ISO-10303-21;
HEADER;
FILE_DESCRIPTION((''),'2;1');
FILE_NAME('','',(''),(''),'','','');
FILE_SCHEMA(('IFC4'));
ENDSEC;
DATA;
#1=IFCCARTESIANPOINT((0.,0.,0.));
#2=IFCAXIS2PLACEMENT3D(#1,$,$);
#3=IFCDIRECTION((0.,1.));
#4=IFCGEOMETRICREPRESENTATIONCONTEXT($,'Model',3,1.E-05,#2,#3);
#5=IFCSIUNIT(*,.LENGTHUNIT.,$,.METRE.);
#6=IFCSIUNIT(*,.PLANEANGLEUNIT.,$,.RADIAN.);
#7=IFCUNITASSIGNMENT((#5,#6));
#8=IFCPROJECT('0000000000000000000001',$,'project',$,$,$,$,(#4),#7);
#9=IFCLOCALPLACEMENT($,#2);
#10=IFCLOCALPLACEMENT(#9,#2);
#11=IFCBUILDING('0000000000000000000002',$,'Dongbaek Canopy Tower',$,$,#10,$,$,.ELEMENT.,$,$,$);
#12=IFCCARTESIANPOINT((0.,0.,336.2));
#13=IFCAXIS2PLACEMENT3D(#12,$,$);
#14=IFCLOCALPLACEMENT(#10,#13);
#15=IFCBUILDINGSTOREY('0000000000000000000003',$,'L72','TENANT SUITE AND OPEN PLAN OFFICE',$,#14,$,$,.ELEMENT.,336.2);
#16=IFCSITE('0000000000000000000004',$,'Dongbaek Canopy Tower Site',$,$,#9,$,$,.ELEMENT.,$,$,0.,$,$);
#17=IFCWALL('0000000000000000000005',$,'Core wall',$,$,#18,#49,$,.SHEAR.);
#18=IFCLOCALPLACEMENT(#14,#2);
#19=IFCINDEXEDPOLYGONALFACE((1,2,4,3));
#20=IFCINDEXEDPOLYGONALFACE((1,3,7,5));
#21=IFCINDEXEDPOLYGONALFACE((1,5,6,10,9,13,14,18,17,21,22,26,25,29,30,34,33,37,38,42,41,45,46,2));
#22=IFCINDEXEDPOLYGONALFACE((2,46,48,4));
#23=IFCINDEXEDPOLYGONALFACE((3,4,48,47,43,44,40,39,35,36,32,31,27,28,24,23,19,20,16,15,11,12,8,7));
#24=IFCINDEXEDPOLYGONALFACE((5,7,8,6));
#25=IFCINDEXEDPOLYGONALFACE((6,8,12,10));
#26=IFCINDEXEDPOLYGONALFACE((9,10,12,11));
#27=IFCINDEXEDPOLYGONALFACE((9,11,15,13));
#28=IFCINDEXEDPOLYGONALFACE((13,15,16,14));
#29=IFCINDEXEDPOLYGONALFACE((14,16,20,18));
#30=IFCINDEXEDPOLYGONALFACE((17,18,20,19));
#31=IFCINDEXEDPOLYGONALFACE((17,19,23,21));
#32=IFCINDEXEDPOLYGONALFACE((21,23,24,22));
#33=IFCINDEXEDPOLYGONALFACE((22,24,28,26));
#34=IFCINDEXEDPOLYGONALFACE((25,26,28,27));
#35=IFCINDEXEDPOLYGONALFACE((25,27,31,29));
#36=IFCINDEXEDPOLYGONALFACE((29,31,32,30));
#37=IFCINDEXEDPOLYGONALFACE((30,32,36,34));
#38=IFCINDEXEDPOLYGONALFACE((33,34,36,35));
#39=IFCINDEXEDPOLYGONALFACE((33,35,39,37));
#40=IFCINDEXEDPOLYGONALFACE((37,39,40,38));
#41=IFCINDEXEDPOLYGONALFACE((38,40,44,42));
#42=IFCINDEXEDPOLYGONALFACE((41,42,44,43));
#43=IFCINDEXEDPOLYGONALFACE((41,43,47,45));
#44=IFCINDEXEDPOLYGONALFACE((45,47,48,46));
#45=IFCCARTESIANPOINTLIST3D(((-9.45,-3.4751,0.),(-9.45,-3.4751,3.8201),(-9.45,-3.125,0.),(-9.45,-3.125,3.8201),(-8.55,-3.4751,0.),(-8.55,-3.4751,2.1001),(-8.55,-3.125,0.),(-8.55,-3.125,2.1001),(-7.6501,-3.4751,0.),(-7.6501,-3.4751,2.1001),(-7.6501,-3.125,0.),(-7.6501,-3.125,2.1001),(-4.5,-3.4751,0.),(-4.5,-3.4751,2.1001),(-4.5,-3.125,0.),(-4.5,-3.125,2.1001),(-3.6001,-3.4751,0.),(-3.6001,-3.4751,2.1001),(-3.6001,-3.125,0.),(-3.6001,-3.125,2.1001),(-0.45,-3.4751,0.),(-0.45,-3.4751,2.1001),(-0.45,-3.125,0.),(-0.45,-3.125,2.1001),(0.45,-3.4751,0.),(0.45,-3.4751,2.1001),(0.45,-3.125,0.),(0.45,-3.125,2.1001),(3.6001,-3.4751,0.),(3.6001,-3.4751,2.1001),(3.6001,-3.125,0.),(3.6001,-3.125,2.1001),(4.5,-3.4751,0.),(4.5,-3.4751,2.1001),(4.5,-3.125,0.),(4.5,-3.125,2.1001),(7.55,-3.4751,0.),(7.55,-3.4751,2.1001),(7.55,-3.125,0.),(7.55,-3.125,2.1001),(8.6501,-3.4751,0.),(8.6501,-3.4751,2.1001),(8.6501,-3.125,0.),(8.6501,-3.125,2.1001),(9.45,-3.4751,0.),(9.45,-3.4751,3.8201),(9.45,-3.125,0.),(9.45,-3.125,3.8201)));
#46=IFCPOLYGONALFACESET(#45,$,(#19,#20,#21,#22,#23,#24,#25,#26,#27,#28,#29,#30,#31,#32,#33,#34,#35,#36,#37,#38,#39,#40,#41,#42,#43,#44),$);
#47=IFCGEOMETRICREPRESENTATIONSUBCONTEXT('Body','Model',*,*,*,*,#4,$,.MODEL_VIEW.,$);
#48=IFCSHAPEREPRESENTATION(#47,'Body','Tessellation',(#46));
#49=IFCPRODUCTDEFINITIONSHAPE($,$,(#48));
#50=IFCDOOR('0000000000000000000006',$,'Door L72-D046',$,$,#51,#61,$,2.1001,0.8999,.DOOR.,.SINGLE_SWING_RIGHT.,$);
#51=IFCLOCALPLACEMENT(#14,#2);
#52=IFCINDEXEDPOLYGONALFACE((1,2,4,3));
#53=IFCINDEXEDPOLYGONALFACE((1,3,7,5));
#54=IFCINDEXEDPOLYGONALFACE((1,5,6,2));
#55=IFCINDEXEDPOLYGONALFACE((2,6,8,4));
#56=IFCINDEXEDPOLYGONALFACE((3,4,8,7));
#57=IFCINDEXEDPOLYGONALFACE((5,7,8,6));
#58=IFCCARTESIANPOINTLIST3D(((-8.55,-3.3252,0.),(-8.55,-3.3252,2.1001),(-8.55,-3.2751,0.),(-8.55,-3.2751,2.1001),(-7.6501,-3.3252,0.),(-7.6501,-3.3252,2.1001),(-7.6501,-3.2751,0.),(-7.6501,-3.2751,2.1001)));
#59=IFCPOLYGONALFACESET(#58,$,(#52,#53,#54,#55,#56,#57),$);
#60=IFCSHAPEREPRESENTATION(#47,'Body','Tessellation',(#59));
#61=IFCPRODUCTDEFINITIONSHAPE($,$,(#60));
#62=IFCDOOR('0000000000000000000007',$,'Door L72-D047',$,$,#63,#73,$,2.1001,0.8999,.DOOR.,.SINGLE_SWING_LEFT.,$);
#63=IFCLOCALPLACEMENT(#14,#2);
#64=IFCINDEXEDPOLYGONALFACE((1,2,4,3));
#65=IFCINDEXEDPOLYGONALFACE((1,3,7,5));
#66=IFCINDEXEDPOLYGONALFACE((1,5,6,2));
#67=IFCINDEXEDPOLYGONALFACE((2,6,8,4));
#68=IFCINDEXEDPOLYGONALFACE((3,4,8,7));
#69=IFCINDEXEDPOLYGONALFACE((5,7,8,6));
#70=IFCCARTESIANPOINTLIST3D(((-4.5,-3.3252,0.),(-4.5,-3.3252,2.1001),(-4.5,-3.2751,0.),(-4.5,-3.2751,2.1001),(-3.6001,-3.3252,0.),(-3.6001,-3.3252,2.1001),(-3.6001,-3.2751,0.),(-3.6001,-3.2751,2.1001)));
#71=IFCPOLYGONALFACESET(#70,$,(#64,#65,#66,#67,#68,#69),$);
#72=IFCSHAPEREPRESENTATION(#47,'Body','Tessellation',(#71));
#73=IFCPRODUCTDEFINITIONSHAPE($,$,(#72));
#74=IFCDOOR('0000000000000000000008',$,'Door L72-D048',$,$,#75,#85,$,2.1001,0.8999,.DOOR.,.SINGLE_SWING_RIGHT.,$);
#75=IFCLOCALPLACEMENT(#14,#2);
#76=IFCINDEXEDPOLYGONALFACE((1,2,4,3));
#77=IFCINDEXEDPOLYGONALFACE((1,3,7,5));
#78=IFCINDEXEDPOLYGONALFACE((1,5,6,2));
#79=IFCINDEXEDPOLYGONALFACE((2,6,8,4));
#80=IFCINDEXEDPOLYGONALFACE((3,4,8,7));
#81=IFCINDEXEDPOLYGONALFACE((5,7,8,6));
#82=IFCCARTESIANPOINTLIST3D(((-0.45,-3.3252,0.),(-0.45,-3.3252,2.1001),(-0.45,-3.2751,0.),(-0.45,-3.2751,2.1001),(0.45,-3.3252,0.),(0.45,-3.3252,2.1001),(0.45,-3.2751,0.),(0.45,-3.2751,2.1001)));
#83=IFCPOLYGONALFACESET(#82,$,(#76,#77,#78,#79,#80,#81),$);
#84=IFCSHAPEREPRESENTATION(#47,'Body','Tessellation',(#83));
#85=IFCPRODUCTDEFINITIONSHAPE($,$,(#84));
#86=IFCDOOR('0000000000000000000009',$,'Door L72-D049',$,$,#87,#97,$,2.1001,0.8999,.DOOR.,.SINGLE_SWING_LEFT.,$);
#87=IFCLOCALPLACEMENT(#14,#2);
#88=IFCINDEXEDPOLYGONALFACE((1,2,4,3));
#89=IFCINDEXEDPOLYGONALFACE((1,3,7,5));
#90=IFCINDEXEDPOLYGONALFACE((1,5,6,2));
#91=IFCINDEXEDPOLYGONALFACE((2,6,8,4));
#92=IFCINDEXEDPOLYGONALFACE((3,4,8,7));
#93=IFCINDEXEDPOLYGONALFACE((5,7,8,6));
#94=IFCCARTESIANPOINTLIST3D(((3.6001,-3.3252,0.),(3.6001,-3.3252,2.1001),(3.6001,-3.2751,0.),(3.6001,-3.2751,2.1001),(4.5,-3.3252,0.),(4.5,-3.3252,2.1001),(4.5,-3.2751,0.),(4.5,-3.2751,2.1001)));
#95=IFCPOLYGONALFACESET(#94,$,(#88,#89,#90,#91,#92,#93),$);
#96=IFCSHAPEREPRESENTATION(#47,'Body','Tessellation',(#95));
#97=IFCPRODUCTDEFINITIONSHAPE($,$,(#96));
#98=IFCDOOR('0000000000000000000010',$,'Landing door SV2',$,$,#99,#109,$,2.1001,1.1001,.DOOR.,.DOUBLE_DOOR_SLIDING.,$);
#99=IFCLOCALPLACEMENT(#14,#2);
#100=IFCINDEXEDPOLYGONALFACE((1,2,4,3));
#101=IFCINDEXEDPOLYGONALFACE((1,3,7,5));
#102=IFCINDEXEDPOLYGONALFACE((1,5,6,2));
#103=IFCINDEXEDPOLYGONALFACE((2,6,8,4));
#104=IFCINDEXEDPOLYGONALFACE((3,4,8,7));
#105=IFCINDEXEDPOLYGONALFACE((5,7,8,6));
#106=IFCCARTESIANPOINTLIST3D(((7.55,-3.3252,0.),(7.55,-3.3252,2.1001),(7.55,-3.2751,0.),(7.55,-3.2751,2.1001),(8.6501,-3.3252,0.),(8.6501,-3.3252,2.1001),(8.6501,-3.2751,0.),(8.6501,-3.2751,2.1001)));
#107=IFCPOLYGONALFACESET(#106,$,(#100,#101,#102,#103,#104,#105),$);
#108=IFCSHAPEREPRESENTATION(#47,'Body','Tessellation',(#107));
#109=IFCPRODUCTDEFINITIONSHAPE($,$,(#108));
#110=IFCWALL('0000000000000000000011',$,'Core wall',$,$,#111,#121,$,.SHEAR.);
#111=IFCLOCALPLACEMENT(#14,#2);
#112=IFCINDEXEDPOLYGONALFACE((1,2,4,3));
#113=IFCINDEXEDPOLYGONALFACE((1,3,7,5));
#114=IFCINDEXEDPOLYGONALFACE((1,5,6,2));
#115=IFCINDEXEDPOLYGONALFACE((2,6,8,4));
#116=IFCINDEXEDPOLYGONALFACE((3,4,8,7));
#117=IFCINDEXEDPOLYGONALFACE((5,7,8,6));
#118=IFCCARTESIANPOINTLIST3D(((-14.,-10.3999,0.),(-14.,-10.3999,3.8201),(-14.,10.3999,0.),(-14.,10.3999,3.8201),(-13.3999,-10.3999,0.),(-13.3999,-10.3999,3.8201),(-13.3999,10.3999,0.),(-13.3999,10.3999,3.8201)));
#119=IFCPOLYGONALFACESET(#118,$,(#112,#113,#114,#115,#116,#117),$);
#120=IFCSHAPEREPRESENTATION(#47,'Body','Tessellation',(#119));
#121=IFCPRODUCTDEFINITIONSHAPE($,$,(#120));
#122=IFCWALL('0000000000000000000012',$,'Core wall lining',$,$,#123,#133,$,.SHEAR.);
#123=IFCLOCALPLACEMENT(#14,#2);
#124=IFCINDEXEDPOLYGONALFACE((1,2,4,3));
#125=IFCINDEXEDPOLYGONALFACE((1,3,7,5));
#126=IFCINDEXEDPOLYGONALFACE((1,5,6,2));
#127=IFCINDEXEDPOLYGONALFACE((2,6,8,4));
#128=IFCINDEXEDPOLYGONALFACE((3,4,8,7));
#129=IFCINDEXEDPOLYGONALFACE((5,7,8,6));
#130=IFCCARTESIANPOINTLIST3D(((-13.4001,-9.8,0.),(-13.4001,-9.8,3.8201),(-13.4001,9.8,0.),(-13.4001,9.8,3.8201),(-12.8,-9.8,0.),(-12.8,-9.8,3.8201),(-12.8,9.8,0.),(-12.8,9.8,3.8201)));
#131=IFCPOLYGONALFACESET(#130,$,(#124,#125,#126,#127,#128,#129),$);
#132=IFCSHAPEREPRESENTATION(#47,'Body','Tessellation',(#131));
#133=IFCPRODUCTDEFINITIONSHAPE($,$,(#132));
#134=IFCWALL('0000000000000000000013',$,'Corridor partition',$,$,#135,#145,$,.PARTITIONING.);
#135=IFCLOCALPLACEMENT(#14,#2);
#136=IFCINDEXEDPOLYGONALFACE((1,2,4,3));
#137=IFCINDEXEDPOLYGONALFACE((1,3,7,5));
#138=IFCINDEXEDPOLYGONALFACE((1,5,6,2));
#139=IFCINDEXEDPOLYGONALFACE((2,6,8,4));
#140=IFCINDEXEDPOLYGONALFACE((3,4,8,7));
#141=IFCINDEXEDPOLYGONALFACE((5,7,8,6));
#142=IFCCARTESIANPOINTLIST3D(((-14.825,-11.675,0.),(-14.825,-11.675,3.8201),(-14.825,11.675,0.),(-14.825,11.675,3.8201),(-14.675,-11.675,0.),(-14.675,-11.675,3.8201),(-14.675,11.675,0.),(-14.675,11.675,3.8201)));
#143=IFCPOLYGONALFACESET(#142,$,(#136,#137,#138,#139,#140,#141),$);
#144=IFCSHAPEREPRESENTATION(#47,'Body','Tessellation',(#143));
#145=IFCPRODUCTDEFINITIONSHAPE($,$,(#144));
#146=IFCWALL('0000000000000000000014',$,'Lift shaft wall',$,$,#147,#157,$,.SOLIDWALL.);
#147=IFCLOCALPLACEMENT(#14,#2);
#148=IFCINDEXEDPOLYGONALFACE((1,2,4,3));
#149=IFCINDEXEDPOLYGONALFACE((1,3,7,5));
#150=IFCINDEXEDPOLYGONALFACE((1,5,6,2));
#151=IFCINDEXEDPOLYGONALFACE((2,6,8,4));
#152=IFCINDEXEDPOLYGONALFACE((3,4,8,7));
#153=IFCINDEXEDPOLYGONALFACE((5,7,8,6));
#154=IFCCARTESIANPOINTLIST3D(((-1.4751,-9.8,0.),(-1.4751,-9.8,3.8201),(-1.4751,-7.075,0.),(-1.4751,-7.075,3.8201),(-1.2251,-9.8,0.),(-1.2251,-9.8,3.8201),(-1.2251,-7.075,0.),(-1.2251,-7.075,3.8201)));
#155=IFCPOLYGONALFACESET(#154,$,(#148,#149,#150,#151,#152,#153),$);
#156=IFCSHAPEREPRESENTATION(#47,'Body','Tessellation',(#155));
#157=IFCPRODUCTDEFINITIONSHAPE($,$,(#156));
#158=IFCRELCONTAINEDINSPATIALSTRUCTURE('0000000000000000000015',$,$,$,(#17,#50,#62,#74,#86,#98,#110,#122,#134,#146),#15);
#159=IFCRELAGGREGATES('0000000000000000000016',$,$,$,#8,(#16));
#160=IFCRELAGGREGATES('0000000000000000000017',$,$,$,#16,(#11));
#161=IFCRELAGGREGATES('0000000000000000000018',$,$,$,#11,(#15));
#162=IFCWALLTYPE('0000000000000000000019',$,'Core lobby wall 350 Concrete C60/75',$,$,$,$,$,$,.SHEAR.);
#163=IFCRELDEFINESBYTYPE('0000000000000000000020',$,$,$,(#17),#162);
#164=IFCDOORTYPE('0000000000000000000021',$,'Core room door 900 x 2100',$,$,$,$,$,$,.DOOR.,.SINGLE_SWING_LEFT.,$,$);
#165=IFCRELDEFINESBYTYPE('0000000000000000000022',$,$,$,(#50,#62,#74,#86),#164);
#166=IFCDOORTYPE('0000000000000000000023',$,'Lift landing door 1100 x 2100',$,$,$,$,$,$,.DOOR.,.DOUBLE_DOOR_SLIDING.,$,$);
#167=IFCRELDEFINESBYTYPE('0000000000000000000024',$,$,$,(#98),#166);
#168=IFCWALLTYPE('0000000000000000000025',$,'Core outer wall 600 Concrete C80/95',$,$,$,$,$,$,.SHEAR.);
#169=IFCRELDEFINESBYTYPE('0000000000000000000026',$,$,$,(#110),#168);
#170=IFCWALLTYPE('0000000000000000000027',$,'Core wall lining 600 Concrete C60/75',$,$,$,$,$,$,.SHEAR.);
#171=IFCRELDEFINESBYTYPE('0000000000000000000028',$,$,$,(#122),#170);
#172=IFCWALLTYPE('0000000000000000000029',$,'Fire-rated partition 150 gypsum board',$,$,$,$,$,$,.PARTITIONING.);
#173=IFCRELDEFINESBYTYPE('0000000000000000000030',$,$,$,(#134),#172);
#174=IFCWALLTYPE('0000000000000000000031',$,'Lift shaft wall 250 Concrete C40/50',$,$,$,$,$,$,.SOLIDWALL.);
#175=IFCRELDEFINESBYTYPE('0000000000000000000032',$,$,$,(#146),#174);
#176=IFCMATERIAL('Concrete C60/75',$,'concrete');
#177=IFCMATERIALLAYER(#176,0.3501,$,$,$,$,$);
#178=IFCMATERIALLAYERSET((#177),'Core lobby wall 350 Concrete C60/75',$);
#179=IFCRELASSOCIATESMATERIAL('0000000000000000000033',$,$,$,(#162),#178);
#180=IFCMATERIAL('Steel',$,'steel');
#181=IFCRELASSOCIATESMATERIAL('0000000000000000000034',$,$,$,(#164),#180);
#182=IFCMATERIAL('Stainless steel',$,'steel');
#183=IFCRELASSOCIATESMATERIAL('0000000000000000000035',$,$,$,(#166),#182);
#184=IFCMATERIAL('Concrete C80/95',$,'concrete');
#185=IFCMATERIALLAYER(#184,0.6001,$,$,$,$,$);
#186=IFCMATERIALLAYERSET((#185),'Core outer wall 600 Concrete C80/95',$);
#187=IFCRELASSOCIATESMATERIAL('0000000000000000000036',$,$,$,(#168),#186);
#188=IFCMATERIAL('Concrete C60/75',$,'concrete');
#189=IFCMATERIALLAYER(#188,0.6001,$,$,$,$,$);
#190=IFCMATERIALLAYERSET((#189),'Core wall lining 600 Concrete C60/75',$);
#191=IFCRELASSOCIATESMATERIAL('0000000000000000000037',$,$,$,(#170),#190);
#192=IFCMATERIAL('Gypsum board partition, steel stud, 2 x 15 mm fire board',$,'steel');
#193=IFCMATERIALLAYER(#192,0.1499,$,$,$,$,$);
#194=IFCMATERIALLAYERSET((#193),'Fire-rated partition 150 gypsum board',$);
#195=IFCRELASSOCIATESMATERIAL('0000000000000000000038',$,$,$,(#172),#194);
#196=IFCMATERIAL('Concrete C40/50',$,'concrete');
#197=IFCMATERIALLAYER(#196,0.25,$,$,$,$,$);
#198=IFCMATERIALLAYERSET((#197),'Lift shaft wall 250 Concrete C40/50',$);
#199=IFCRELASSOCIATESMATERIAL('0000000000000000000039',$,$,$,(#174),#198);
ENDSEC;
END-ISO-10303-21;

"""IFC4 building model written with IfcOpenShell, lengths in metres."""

from ifc_helpers import new_model, si_unit, direction, frame, frame_2d, origin, place, context, subcontext, project, spatial, rectangle, extrude, material, layer, layer_set, type_object, element, fill, save


model = new_model("IFC4")

# Units and contexts
model_context = context("Model", 3, precision=1e-05, world=origin(), true_north=direction((0.0, 1.0)))
body_context = subcontext(model_context, "Body", "Model", "MODEL_VIEW")
ifc_project = project(units=[si_unit("LENGTHUNIT", "METRE"), si_unit("PLANEANGLEUNIT", "RADIAN")], contexts=[model_context])

# Site, building, storey
site_placement = place(None, origin())
site = spatial("IfcSite", under=ifc_project, at=site_placement, Name="Dongbaek Canopy Tower Site", CompositionType="ELEMENT", RefElevation=0.0)
building_placement = place(site_placement, origin())
building = spatial("IfcBuilding", under=site, at=building_placement, Name="Dongbaek Canopy Tower", CompositionType="ELEMENT")
storey_placement = place(building_placement, frame((0.0, 0.0, 336.2)))
storey = spatial("IfcBuildingStorey", under=building, at=storey_placement, Name="L72", Description="TENANT SUITE AND OPEN PLAN OFFICE", CompositionType="ELEMENT", Elevation=336.2)

# Wall, openings, doors
ifc_material_1 = material(Name="Concrete C60/75", Category="concrete")
ifc_layer_1 = layer(ifc_material_1, 0.3501)
ifc_layer_set_1 = layer_set([ifc_layer_1], Name="Core lobby wall 350 Concrete C60/75")
wall_type_1 = type_object("IfcWallType", Name="Core lobby wall 350 Concrete C60/75", PredefinedType="SHEAR", material=ifc_layer_set_1)
wall_1_placement = place(storey_placement, frame((-9.45, -3.3, 0.0), z_axis=(0.0, 0.0, 1.0), x_axis=(1.0, 0.0, 0.0)))
wall_1 = element("IfcWall", 1, at=wall_1_placement, inside=storey, type_object=wall_type_1, Name="Core wall", PredefinedType="SHEAR", context=body_context, shape_type="SweptSolid", body=[
    extrude(rectangle(XDim=18.8999, YDim=0.3501, at=frame_2d((9.45, 0.0))), origin(), (0.0, 0.0, 1.0), 3.8201),
])
opening_1_placement = place(wall_1_placement, frame((17.0, 0.0, 0.0)))
opening_1 = element("IfcOpeningElement", 2, at=opening_1_placement, cuts=wall_1, PredefinedType="OPENING", context=body_context, shape_type="SweptSolid", body=[
    extrude(rectangle(XDim=1.1001, YDim=2.1001, at=frame_2d((0.55, 1.05))), frame((0.0, 0.1851, 0.0), z_axis=(0.0, -1.0, 0.0), x_axis=(1.0, 0.0, 0.0)), (0.0, 0.0, 1.0), 0.3701),
])
opening_2_placement = place(wall_1_placement, frame((0.8999, 0.0, 0.0)))
opening_2 = element("IfcOpeningElement", 3, at=opening_2_placement, cuts=wall_1, PredefinedType="OPENING", context=body_context, shape_type="SweptSolid", body=[
    extrude(rectangle(XDim=0.8999, YDim=2.1001, at=frame_2d((0.45, 1.05))), frame((0.0, 0.1851, 0.0), z_axis=(0.0, -1.0, 0.0), x_axis=(1.0, 0.0, 0.0)), (0.0, 0.0, 1.0), 0.3701),
])
opening_3_placement = place(wall_1_placement, frame((4.95, 0.0, 0.0)))
opening_3 = element("IfcOpeningElement", 4, at=opening_3_placement, cuts=wall_1, PredefinedType="OPENING", context=body_context, shape_type="SweptSolid", body=[
    extrude(rectangle(XDim=0.8999, YDim=2.1001, at=frame_2d((0.45, 1.05))), frame((0.0, 0.1851, 0.0), z_axis=(0.0, -1.0, 0.0), x_axis=(1.0, 0.0, 0.0)), (0.0, 0.0, 1.0), 0.3701),
])
opening_4_placement = place(wall_1_placement, frame((9.0, 0.0, 0.0)))
opening_4 = element("IfcOpeningElement", 5, at=opening_4_placement, cuts=wall_1, PredefinedType="OPENING", context=body_context, shape_type="SweptSolid", body=[
    extrude(rectangle(XDim=0.8999, YDim=2.1001, at=frame_2d((0.45, 1.05))), frame((0.0, 0.1851, 0.0), z_axis=(0.0, -1.0, 0.0), x_axis=(1.0, 0.0, 0.0)), (0.0, 0.0, 1.0), 0.3701),
])
opening_5_placement = place(wall_1_placement, frame((13.05, 0.0, 0.0)))
opening_5 = element("IfcOpeningElement", 6, at=opening_5_placement, cuts=wall_1, PredefinedType="OPENING", context=body_context, shape_type="SweptSolid", body=[
    extrude(rectangle(XDim=0.8999, YDim=2.1001, at=frame_2d((0.45, 1.05))), frame((0.0, 0.1851, 0.0), z_axis=(0.0, -1.0, 0.0), x_axis=(1.0, 0.0, 0.0)), (0.0, 0.0, 1.0), 0.3701),
])
ifc_material_2 = material(Name="Steel", Category="steel")
door_type_1 = type_object("IfcDoorType", Name="Core room door 900 x 2100", OperationType="SINGLE_SWING_LEFT", PredefinedType="DOOR", material=ifc_material_2)
door_1_placement = place(opening_2_placement, origin())
door_1 = element("IfcDoor", 7, at=door_1_placement, inside=storey, type_object=door_type_1, Name="Door L72-D046", OperationType="SINGLE_SWING_RIGHT", OverallHeight=2.1001, OverallWidth=0.8999, PredefinedType="DOOR", context=body_context, shape_type="SweptSolid", body=[
    extrude(rectangle(XDim=0.8999, YDim=2.1001, at=frame_2d((0.45, 1.05))), frame((0.0, 0.0249, 0.0), z_axis=(0.0, -1.0, 0.0), x_axis=(1.0, 0.0, 0.0)), (0.0, 0.0, 1.0), 0.05),
])
fill(opening_2, door_1)
door_2_placement = place(opening_3_placement, origin())
door_2 = element("IfcDoor", 8, at=door_2_placement, inside=storey, type_object=door_type_1, Name="Door L72-D047", OperationType="SINGLE_SWING_LEFT", OverallHeight=2.1001, OverallWidth=0.8999, PredefinedType="DOOR", context=body_context, shape_type="SweptSolid", body=[
    extrude(rectangle(XDim=0.8999, YDim=2.1001, at=frame_2d((0.45, 1.05))), frame((0.0, 0.0249, 0.0), z_axis=(0.0, -1.0, 0.0), x_axis=(1.0, 0.0, 0.0)), (0.0, 0.0, 1.0), 0.05),
])
fill(opening_3, door_2)
door_3_placement = place(opening_4_placement, origin())
door_3 = element("IfcDoor", 9, at=door_3_placement, inside=storey, type_object=door_type_1, Name="Door L72-D048", OperationType="SINGLE_SWING_RIGHT", OverallHeight=2.1001, OverallWidth=0.8999, PredefinedType="DOOR", context=body_context, shape_type="SweptSolid", body=[
    extrude(rectangle(XDim=0.8999, YDim=2.1001, at=frame_2d((0.45, 1.05))), frame((0.0, 0.0249, 0.0), z_axis=(0.0, -1.0, 0.0), x_axis=(1.0, 0.0, 0.0)), (0.0, 0.0, 1.0), 0.05),
])
fill(opening_4, door_3)
door_4_placement = place(opening_5_placement, origin())
door_4 = element("IfcDoor", 10, at=door_4_placement, inside=storey, type_object=door_type_1, Name="Door L72-D049", OperationType="SINGLE_SWING_LEFT", OverallHeight=2.1001, OverallWidth=0.8999, PredefinedType="DOOR", context=body_context, shape_type="SweptSolid", body=[
    extrude(rectangle(XDim=0.8999, YDim=2.1001, at=frame_2d((0.45, 1.05))), frame((0.0, 0.0249, 0.0), z_axis=(0.0, -1.0, 0.0), x_axis=(1.0, 0.0, 0.0)), (0.0, 0.0, 1.0), 0.05),
])
fill(opening_5, door_4)
ifc_material_3 = material(Name="Stainless steel", Category="steel")
door_type_2 = type_object("IfcDoorType", Name="Lift landing door 1100 x 2100", OperationType="DOUBLE_DOOR_SLIDING", PredefinedType="DOOR", material=ifc_material_3)
door_5_placement = place(opening_1_placement, origin())
door_5 = element("IfcDoor", 11, at=door_5_placement, inside=storey, type_object=door_type_2, Name="Landing door SV2", OperationType="DOUBLE_DOOR_SLIDING", OverallHeight=2.1001, OverallWidth=1.1001, PredefinedType="DOOR", context=body_context, shape_type="SweptSolid", body=[
    extrude(rectangle(XDim=1.1001, YDim=2.1001, at=frame_2d((0.55, 1.05))), frame((0.0, 0.0249, 0.0), z_axis=(0.0, -1.0, 0.0), x_axis=(1.0, 0.0, 0.0)), (0.0, 0.0, 1.0), 0.05),
])
fill(opening_1, door_5)

# Walls
ifc_material_4 = material(Name="Concrete C80/95", Category="concrete")
ifc_layer_2 = layer(ifc_material_4, 0.6001)
ifc_layer_set_2 = layer_set([ifc_layer_2], Name="Core outer wall 600 Concrete C80/95")
wall_type_2 = type_object("IfcWallType", Name="Core outer wall 600 Concrete C80/95", PredefinedType="SHEAR", material=ifc_layer_set_2)
wall_2_placement = place(storey_placement, frame((-13.7, -10.3999, 0.0), z_axis=(0.0, 0.0, 1.0), x_axis=(0.0, 1.0, 0.0)))
element("IfcWall", 12, at=wall_2_placement, inside=storey, type_object=wall_type_2, Name="Core wall", PredefinedType="SHEAR", context=body_context, shape_type="SweptSolid", body=[
    extrude(rectangle(XDim=20.7998, YDim=0.6001, at=frame_2d((10.3999, 0.0))), origin(), (0.0, 0.0, 1.0), 3.8201),
])
ifc_material_5 = material(Name="Concrete C60/75", Category="concrete")
ifc_layer_3 = layer(ifc_material_5, 0.6001)
ifc_layer_set_3 = layer_set([ifc_layer_3], Name="Core wall lining 600 Concrete C60/75")
wall_type_3 = type_object("IfcWallType", Name="Core wall lining 600 Concrete C60/75", PredefinedType="SHEAR", material=ifc_layer_set_3)
wall_3_placement = place(storey_placement, frame((-13.1001, -9.8, 0.0), z_axis=(0.0, 0.0, 1.0), x_axis=(0.0, 1.0, 0.0)))
element("IfcWall", 13, at=wall_3_placement, inside=storey, type_object=wall_type_3, Name="Core wall lining", PredefinedType="SHEAR", context=body_context, shape_type="SweptSolid", body=[
    extrude(rectangle(XDim=19.6001, YDim=0.6001, at=frame_2d((9.8, 0.0))), origin(), (0.0, 0.0, 1.0), 3.8201),
])
ifc_material_6 = material(Name="Gypsum board partition, steel stud, 2 x 15 mm fire board", Category="steel")
ifc_layer_4 = layer(ifc_material_6, 0.1499)
ifc_layer_set_4 = layer_set([ifc_layer_4], Name="Fire-rated partition 150 gypsum board")
wall_type_4 = type_object("IfcWallType", Name="Fire-rated partition 150 gypsum board", PredefinedType="PARTITIONING", material=ifc_layer_set_4)
wall_4_placement = place(storey_placement, frame((-14.75, -11.675, 0.0), z_axis=(0.0, 0.0, 1.0), x_axis=(0.0, 1.0, 0.0)))
element("IfcWall", 14, at=wall_4_placement, inside=storey, type_object=wall_type_4, Name="Corridor partition", PredefinedType="PARTITIONING", context=body_context, shape_type="SweptSolid", body=[
    extrude(rectangle(XDim=23.3501, YDim=0.1499, at=frame_2d((11.675, 0.0))), origin(), (0.0, 0.0, 1.0), 3.8201),
])
ifc_material_7 = material(Name="Concrete C40/50", Category="concrete")
ifc_layer_5 = layer(ifc_material_7, 0.25)
ifc_layer_set_5 = layer_set([ifc_layer_5], Name="Lift shaft wall 250 Concrete C40/50")
wall_type_5 = type_object("IfcWallType", Name="Lift shaft wall 250 Concrete C40/50", PredefinedType="SOLIDWALL", material=ifc_layer_set_5)
for number, where, z_axis, x_axis, name in (
    (15, (-1.3501, -9.8, 0.0), (0.0, 0.0, 1.0), (0.0, 1.0, 0.0), "Lift shaft wall"),
):
    element("IfcWall", number, at=place(storey_placement, frame(where, z_axis=z_axis, x_axis=x_axis)), inside=storey, type_object=wall_type_5, Name=name, PredefinedType="SOLIDWALL", context=body_context, shape_type="SweptSolid", body=[
        extrude(rectangle(XDim=2.7251, YDim=0.25, at=frame_2d((1.3625, 0.0))), origin(), (0.0, 0.0, 1.0), 3.8201),
    ])

save(model, "model.ifc")
